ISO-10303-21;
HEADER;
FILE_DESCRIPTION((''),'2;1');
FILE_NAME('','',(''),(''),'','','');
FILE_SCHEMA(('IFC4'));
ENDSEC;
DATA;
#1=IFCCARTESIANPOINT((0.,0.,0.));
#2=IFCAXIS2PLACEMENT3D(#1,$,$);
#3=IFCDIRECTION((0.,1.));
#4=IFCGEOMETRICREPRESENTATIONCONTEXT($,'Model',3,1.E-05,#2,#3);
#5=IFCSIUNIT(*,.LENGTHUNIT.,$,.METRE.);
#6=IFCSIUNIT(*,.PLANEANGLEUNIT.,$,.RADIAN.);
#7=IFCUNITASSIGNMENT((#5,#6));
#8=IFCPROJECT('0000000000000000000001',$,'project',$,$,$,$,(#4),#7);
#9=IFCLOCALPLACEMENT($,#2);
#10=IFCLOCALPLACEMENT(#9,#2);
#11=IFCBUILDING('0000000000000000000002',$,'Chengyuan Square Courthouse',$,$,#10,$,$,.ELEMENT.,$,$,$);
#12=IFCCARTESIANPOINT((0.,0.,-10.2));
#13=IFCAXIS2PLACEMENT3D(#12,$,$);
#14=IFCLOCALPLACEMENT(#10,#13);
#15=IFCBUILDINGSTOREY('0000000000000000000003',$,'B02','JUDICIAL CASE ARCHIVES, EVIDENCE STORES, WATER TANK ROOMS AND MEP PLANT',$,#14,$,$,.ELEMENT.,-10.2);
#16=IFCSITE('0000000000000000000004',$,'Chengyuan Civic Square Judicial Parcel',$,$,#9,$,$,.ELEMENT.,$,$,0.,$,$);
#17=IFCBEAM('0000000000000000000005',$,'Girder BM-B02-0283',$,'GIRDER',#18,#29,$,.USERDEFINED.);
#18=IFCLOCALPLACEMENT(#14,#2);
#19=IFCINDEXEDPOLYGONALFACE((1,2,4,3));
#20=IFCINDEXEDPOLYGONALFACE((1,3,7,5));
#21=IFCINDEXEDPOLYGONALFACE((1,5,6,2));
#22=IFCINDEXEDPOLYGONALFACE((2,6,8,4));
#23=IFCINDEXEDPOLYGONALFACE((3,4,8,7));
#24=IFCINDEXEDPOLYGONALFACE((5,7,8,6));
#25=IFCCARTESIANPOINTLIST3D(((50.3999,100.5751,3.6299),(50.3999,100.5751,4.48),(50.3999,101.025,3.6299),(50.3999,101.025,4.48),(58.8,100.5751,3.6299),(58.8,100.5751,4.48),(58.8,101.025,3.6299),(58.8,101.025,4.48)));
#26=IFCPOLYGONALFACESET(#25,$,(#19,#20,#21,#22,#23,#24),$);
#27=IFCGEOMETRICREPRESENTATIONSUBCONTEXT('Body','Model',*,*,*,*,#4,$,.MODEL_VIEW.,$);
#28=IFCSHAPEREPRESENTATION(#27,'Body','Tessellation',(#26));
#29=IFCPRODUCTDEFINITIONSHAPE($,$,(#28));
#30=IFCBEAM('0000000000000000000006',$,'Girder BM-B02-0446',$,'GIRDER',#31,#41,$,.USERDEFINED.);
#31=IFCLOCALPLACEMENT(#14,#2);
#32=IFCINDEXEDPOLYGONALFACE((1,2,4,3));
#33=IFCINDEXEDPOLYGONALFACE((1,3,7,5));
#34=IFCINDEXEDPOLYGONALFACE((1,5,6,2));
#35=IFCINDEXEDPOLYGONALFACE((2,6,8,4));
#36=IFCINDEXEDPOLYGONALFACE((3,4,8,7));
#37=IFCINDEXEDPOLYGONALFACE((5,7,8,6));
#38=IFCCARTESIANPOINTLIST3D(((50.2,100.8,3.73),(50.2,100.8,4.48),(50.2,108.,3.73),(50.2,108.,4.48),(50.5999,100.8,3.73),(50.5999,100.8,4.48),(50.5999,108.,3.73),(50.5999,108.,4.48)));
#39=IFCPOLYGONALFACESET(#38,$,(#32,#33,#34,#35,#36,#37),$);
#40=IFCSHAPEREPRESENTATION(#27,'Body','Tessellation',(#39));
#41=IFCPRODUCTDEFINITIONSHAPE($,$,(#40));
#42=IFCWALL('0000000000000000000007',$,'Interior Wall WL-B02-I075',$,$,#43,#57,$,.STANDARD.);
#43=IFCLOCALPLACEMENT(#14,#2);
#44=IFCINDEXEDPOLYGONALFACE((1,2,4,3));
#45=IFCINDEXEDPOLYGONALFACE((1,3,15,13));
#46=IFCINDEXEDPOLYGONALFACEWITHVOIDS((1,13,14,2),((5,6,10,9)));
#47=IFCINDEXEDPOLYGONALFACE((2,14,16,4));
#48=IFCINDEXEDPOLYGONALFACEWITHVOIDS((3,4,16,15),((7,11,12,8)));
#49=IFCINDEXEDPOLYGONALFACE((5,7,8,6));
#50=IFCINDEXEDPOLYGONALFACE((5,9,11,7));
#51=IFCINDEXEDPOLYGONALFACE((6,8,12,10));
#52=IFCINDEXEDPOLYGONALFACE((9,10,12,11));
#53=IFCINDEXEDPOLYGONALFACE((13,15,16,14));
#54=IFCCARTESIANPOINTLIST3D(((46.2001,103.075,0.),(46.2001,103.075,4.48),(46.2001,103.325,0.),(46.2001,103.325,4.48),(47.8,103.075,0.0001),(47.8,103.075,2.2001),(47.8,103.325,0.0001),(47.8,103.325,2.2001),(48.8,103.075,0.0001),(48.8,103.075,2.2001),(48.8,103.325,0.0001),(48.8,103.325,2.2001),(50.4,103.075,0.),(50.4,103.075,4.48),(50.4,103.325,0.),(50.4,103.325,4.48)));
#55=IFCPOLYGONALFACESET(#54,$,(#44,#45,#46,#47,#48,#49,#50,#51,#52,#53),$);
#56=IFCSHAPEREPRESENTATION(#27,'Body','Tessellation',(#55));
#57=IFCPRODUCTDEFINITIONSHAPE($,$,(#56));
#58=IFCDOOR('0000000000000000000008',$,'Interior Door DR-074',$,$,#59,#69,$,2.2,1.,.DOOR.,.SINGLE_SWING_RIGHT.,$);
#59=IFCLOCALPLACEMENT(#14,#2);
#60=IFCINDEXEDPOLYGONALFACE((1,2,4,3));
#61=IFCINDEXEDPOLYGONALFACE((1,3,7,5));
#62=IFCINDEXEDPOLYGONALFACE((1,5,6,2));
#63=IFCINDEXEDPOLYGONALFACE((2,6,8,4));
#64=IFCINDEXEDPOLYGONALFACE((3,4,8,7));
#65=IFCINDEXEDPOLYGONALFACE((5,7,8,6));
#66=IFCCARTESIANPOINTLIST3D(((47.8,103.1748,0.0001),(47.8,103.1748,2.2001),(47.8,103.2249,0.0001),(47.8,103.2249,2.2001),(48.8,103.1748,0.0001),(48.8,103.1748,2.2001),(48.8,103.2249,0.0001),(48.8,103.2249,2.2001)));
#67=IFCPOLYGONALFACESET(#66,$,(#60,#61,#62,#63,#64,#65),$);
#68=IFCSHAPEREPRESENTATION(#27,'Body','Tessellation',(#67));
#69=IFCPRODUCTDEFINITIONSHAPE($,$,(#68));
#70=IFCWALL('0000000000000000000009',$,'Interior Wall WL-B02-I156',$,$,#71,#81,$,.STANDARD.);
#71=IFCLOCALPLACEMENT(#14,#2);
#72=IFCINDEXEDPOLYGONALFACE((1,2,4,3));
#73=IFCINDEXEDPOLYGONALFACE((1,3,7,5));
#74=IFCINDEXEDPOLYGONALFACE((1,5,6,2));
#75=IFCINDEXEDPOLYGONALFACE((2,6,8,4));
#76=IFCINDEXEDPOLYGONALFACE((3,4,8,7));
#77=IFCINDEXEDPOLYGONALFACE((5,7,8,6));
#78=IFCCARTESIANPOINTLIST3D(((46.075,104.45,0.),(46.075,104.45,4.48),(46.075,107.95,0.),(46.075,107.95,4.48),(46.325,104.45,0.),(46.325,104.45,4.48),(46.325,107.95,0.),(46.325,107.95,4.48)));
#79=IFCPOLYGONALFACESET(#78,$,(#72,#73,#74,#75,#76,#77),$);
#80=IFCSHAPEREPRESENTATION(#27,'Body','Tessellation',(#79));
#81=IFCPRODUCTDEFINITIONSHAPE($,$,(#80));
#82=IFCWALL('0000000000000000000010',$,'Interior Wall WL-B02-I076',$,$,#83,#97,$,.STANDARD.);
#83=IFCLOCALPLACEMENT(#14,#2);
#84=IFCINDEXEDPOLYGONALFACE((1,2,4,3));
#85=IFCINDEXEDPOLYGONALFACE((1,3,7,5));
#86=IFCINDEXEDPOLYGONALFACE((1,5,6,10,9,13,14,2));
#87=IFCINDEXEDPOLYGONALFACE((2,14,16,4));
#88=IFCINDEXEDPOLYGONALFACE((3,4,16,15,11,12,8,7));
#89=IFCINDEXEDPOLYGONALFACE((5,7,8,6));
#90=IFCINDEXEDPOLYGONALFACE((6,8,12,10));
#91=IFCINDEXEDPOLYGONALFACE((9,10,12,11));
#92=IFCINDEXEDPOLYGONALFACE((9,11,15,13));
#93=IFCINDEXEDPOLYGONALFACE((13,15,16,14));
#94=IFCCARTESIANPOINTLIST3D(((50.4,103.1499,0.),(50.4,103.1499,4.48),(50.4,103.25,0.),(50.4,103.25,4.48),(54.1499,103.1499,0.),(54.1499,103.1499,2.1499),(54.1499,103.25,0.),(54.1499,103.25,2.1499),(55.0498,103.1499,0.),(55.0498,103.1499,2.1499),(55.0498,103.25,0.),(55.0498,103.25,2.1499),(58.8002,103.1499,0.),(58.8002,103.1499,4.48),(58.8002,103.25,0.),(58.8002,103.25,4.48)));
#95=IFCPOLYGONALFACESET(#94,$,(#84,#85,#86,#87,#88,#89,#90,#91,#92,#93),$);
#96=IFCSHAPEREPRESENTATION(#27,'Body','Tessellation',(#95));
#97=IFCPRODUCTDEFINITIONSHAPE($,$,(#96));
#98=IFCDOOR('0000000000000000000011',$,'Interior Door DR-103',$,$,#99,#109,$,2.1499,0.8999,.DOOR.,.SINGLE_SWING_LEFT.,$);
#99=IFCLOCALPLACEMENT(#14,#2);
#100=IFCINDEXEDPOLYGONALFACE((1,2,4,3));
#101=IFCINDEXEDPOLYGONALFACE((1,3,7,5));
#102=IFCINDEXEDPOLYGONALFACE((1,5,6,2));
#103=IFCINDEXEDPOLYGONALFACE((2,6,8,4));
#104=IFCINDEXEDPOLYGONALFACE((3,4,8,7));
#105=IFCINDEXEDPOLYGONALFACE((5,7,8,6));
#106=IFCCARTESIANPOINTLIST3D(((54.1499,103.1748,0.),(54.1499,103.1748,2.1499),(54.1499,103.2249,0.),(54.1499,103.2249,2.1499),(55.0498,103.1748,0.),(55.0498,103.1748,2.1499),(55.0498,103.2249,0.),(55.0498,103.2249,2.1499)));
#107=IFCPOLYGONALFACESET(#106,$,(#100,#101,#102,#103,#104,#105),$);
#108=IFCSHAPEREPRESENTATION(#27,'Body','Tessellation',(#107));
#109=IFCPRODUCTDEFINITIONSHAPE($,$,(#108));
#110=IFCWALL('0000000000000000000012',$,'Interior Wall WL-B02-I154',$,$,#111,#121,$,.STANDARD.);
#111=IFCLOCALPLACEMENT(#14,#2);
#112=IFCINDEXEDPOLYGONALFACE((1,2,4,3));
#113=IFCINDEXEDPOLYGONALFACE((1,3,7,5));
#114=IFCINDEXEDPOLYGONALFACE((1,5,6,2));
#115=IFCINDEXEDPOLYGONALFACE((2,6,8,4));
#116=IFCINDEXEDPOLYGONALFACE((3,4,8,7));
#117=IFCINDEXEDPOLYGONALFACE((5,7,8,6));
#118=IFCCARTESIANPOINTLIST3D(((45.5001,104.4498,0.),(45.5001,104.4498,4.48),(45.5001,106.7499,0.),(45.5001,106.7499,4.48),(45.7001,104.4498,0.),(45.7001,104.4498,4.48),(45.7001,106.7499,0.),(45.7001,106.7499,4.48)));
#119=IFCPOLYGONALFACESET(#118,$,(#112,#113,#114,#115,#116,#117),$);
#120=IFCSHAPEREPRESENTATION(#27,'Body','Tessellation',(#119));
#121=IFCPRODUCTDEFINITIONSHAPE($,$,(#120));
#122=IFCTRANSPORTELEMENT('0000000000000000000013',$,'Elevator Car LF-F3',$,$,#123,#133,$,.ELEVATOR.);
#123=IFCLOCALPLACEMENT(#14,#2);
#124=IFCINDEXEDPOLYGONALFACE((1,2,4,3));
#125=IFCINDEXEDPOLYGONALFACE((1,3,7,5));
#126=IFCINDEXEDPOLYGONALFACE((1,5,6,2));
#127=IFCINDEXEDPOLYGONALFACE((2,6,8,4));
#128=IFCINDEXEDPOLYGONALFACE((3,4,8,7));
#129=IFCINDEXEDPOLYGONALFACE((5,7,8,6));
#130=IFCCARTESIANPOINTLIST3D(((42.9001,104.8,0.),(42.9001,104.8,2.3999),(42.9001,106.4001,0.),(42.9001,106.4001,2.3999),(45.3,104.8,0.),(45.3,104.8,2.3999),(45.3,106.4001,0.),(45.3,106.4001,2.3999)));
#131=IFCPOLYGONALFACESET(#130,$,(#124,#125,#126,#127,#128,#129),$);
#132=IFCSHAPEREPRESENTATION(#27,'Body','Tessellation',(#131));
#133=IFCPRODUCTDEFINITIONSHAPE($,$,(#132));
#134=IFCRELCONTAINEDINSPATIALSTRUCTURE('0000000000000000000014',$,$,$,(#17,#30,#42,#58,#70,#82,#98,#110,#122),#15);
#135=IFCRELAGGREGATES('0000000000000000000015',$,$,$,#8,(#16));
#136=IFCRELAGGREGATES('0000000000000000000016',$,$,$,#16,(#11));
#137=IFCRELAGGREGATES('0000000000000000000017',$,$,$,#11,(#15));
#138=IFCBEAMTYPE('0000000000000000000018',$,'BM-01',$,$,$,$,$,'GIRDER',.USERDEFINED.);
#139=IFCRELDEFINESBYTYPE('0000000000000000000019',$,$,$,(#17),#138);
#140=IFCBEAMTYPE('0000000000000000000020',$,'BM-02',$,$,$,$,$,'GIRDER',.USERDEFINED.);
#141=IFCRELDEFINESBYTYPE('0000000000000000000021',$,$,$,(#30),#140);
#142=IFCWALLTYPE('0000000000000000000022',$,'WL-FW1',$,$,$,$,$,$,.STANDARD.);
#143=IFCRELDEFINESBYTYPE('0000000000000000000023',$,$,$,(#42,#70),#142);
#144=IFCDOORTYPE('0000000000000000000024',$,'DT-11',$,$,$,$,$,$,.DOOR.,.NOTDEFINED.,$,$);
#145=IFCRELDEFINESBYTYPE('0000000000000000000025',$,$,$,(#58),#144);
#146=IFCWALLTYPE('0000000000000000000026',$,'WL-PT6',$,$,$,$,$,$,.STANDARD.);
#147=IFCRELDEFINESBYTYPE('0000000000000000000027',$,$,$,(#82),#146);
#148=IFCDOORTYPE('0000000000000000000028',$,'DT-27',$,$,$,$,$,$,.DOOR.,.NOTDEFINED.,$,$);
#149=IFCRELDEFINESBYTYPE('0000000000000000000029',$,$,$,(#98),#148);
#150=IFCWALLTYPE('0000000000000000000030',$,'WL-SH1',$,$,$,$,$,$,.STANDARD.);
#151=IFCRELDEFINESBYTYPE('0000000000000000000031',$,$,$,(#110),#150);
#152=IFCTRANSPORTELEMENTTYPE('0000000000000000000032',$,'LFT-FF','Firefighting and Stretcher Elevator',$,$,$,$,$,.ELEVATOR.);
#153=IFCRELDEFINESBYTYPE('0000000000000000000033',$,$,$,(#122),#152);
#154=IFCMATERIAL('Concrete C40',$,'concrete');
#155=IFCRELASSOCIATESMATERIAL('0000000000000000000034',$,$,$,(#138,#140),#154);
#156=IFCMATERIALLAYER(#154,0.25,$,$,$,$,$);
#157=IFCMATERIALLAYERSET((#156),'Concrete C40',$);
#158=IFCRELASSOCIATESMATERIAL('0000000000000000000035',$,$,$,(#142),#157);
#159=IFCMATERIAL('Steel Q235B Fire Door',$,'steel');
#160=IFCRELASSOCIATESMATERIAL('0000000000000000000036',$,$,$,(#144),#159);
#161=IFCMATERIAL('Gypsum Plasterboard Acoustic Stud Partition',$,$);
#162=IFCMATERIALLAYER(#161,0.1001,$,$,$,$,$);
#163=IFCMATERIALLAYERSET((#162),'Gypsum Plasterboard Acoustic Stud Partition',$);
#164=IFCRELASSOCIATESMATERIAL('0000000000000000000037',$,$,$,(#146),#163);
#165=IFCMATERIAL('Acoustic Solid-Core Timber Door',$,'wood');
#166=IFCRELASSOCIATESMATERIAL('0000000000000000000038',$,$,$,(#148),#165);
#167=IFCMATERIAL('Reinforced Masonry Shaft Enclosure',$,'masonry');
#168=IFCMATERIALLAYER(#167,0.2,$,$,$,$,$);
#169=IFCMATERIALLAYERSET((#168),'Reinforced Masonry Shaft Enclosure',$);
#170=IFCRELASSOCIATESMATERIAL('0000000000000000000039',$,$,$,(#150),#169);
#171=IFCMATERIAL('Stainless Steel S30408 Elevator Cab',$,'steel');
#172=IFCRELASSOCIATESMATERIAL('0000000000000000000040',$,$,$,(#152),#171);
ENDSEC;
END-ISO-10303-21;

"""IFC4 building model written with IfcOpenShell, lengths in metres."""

from ifc_helpers import new_model, si_unit, direction, frame, frame_2d, origin, origin_2d, place, context, subcontext, project, spatial, rectangle, extrude, material, layer, layer_set, material_profile, profile_set, type_object, element, fill, save


model = new_model("IFC4")

# Units and contexts
model_context = context("Model", 3, precision=1e-05, world=origin(), true_north=direction((0.0, 1.0)))
body_context = subcontext(model_context, "Body", "Model", "MODEL_VIEW")
ifc_project = project(units=[si_unit("LENGTHUNIT", "METRE"), si_unit("PLANEANGLEUNIT", "RADIAN")], contexts=[model_context])

# Site, building, storey
site_placement = place(None, origin())
site = spatial("IfcSite", under=ifc_project, at=site_placement, Name="Chengyuan Civic Square Judicial Parcel", CompositionType="ELEMENT", RefElevation=0.0)
building_placement = place(site_placement, origin())
building = spatial("IfcBuilding", under=site, at=building_placement, Name="Chengyuan Square Courthouse", CompositionType="ELEMENT")
storey_placement = place(building_placement, frame((0.0, 0.0, -10.2)))
storey = spatial("IfcBuildingStorey", under=building, at=storey_placement, Name="B02", Description="JUDICIAL CASE ARCHIVES, EVIDENCE STORES, WATER TANK ROOMS AND MEP PLANT", CompositionType="ELEMENT", Elevation=-10.2)

# Shared definitions
ifc_material_1 = material(Name="Concrete C40", Category="concrete")

# Beams
ifc_material_profile_1 = material_profile(ifc_material_1, rectangle(XDim=0.45, YDim=0.8501, at=origin_2d()), Name="RC-BM-450x850")
ifc_profile_set_1 = profile_set([ifc_material_profile_1], Name="Concrete C40")
beam_type_1 = type_object("IfcBeamType", Name="BM-01", ElementType="GIRDER", PredefinedType="USERDEFINED", material=ifc_profile_set_1)
beam_1_placement = place(storey_placement, frame((50.3999, 100.8, 4.0549), z_axis=(1.0, 0.0, 0.0), x_axis=(0.0, 1.0, 0.0)))
element("IfcBeam", 1, at=beam_1_placement, inside=storey, type_object=beam_type_1, Name="Girder BM-B02-0283", ObjectType="GIRDER", PredefinedType="USERDEFINED", context=body_context, shape_type="SweptSolid", body=[
    extrude(rectangle(XDim=0.45, YDim=0.8501, at=origin_2d()), origin(), (0.0, 0.0, 1.0), 8.4001),
])
ifc_material_profile_2 = material_profile(ifc_material_1, rectangle(XDim=0.3999, YDim=0.75, at=origin_2d()), Name="RC-BM-400x750")
ifc_profile_set_2 = profile_set([ifc_material_profile_2], Name="Concrete C40")
beam_type_2 = type_object("IfcBeamType", Name="BM-02", ElementType="GIRDER", PredefinedType="USERDEFINED", material=ifc_profile_set_2)
beam_2_placement = place(storey_placement, frame((50.3999, 100.8, 4.105), z_axis=(0.0, 1.0, 0.0), x_axis=(-1.0, 0.0, 0.0)))
element("IfcBeam", 2, at=beam_2_placement, inside=storey, type_object=beam_type_2, Name="Girder BM-B02-0446", ObjectType="GIRDER", PredefinedType="USERDEFINED", context=body_context, shape_type="SweptSolid", body=[
    extrude(rectangle(XDim=0.3999, YDim=0.75, at=origin_2d()), origin(), (0.0, 0.0, 1.0), 7.2),
])

# Wall, opening, door
ifc_layer_1 = layer(ifc_material_1, 0.25)
ifc_layer_set_1 = layer_set([ifc_layer_1], Name="Concrete C40")
wall_type_1 = type_object("IfcWallType", Name="WL-FW1", PredefinedType="STANDARD", material=ifc_layer_set_1)
wall_1_placement = place(storey_placement, frame((46.2, 103.2, 0.0), z_axis=(0.0, 0.0, 1.0), x_axis=(1.0, 0.0, 0.0)))
wall_1 = element("IfcWall", 3, at=wall_1_placement, inside=storey, type_object=wall_type_1, Name="Interior Wall WL-B02-I075", PredefinedType="STANDARD", context=body_context, shape_type="SweptSolid", body=[
    extrude(rectangle(XDim=4.2, YDim=0.25, at=frame_2d((2.1001, 0.0))), origin(), (0.0, 0.0, 1.0), 4.48),
])
opening_1_placement = place(wall_1_placement, frame((1.6001, 0.0, 0.0)))
opening_1 = element("IfcOpeningElement", 4, at=opening_1_placement, cuts=wall_1, PredefinedType="OPENING", context=body_context, shape_type="SweptSolid", body=[
    extrude(rectangle(XDim=1.0, YDim=2.2, at=frame_2d((0.5, 1.1001))), frame((0.0, 0.137, 0.0), z_axis=(0.0, -1.0, 0.0), x_axis=(1.0, 0.0, 0.0)), (0.0, 0.0, 1.0), 0.2739),
])
ifc_material_2 = material(Name="Steel Q235B Fire Door", Category="steel")
door_type_1 = type_object("IfcDoorType", Name="DT-11", OperationType="NOTDEFINED", PredefinedType="DOOR", material=ifc_material_2)
door_1_placement = place(opening_1_placement, origin())
door_1 = element("IfcDoor", 5, at=door_1_placement, inside=storey, type_object=door_type_1, Name="Interior Door DR-074", OperationType="SINGLE_SWING_RIGHT", OverallHeight=2.2, OverallWidth=1.0, PredefinedType="DOOR", context=body_context, shape_type="SweptSolid", body=[
    extrude(rectangle(XDim=1.0, YDim=2.2, at=frame_2d((0.5, 1.1001))), frame((0.0, 0.0249, 0.0), z_axis=(0.0, -1.0, 0.0), x_axis=(1.0, 0.0, 0.0)), (0.0, 0.0, 1.0), 0.05),
])
fill(opening_1, door_1)

# Wall
wall_2_placement = place(storey_placement, frame((46.2, 104.45, 0.0), z_axis=(0.0, 0.0, 1.0), x_axis=(0.0, 1.0, 0.0)))
element("IfcWall", 6, at=wall_2_placement, inside=storey, type_object=wall_type_1, Name="Interior Wall WL-B02-I156", PredefinedType="STANDARD", context=body_context, shape_type="SweptSolid", body=[
    extrude(rectangle(XDim=3.5, YDim=0.25, at=frame_2d((1.75, 0.0))), origin(), (0.0, 0.0, 1.0), 4.48),
])

# Wall, opening, door
ifc_material_3 = material(Name="Gypsum Plasterboard Acoustic Stud Partition")
ifc_layer_2 = layer(ifc_material_3, 0.1001)
ifc_layer_set_2 = layer_set([ifc_layer_2], Name="Gypsum Plasterboard Acoustic Stud Partition")
wall_type_2 = type_object("IfcWallType", Name="WL-PT6", PredefinedType="STANDARD", material=ifc_layer_set_2)
wall_3_placement = place(storey_placement, frame((50.3999, 103.2, 0.0), z_axis=(0.0, 0.0, 1.0), x_axis=(1.0, 0.0, 0.0)))
wall_3 = element("IfcWall", 7, at=wall_3_placement, inside=storey, type_object=wall_type_2, Name="Interior Wall WL-B02-I076", PredefinedType="STANDARD", context=body_context, shape_type="SweptSolid", body=[
    extrude(rectangle(XDim=8.4001, YDim=0.1001, at=frame_2d((4.2002, 0.0))), origin(), (0.0, 0.0, 1.0), 4.48),
])
opening_2_placement = place(wall_3_placement, frame((3.75, 0.0, 0.0)))
opening_2 = element("IfcOpeningElement", 8, at=opening_2_placement, cuts=wall_3, PredefinedType="OPENING", context=body_context, shape_type="SweptSolid", body=[
    extrude(rectangle(XDim=0.8999, YDim=2.1499, at=frame_2d((0.45, 1.075))), frame((0.0, 0.062, 0.0), z_axis=(0.0, -1.0, 0.0), x_axis=(1.0, 0.0, 0.0)), (0.0, 0.0, 1.0), 0.124),
])
ifc_material_4 = material(Name="Acoustic Solid-Core Timber Door", Category="wood")
door_type_2 = type_object("IfcDoorType", Name="DT-27", OperationType="NOTDEFINED", PredefinedType="DOOR", material=ifc_material_4)
door_2_placement = place(opening_2_placement, origin())
door_2 = element("IfcDoor", 9, at=door_2_placement, inside=storey, type_object=door_type_2, Name="Interior Door DR-103", OperationType="SINGLE_SWING_LEFT", OverallHeight=2.1499, OverallWidth=0.8999, PredefinedType="DOOR", context=body_context, shape_type="SweptSolid", body=[
    extrude(rectangle(XDim=0.8999, YDim=2.1499, at=frame_2d((0.45, 1.075))), frame((0.0, 0.0249, 0.0), z_axis=(0.0, -1.0, 0.0), x_axis=(1.0, 0.0, 0.0)), (0.0, 0.0, 1.0), 0.05),
])
fill(opening_2, door_2)

# Wall
ifc_material_5 = material(Name="Reinforced Masonry Shaft Enclosure", Category="masonry")
ifc_layer_3 = layer(ifc_material_5, 0.2)
ifc_layer_set_3 = layer_set([ifc_layer_3], Name="Reinforced Masonry Shaft Enclosure")
wall_type_3 = type_object("IfcWallType", Name="WL-SH1", PredefinedType="STANDARD", material=ifc_layer_set_3)
wall_4_placement = place(storey_placement, frame((45.6001, 104.45, 0.0), z_axis=(0.0, 0.0, 1.0), x_axis=(0.0, 1.0, 0.0)))
element("IfcWall", 10, at=wall_4_placement, inside=storey, type_object=wall_type_3, Name="Interior Wall WL-B02-I154", PredefinedType="STANDARD", context=body_context, shape_type="SweptSolid", body=[
    extrude(rectangle(XDim=2.3, YDim=0.2, at=frame_2d((1.1499, 0.0))), origin(), (0.0, 0.0, 1.0), 4.48),
])

# Transport element
ifc_material_6 = material(Name="Stainless Steel S30408 Elevator Cab", Category="steel")
transport_element_type = type_object("IfcTransportElementType", Name="LFT-FF", Description="Firefighting and Stretcher Elevator", PredefinedType="ELEVATOR", material=ifc_material_6)
transport_element_placement = place(storey_placement, frame((44.1001, 105.6001, 0.0), z_axis=(0.0, 0.0, 1.0), x_axis=(1.0, 0.0, 0.0)))
element("IfcTransportElement", 11, at=transport_element_placement, inside=storey, type_object=transport_element_type, Name="Elevator Car LF-F3", PredefinedType="ELEVATOR", context=body_context, shape_type="SweptSolid", body=[
    extrude(rectangle(XDim=2.3999, YDim=1.6001, at=origin_2d()), origin(), (0.0, 0.0, 1.0), 2.3999),
])

save(model, "model.ifc")
